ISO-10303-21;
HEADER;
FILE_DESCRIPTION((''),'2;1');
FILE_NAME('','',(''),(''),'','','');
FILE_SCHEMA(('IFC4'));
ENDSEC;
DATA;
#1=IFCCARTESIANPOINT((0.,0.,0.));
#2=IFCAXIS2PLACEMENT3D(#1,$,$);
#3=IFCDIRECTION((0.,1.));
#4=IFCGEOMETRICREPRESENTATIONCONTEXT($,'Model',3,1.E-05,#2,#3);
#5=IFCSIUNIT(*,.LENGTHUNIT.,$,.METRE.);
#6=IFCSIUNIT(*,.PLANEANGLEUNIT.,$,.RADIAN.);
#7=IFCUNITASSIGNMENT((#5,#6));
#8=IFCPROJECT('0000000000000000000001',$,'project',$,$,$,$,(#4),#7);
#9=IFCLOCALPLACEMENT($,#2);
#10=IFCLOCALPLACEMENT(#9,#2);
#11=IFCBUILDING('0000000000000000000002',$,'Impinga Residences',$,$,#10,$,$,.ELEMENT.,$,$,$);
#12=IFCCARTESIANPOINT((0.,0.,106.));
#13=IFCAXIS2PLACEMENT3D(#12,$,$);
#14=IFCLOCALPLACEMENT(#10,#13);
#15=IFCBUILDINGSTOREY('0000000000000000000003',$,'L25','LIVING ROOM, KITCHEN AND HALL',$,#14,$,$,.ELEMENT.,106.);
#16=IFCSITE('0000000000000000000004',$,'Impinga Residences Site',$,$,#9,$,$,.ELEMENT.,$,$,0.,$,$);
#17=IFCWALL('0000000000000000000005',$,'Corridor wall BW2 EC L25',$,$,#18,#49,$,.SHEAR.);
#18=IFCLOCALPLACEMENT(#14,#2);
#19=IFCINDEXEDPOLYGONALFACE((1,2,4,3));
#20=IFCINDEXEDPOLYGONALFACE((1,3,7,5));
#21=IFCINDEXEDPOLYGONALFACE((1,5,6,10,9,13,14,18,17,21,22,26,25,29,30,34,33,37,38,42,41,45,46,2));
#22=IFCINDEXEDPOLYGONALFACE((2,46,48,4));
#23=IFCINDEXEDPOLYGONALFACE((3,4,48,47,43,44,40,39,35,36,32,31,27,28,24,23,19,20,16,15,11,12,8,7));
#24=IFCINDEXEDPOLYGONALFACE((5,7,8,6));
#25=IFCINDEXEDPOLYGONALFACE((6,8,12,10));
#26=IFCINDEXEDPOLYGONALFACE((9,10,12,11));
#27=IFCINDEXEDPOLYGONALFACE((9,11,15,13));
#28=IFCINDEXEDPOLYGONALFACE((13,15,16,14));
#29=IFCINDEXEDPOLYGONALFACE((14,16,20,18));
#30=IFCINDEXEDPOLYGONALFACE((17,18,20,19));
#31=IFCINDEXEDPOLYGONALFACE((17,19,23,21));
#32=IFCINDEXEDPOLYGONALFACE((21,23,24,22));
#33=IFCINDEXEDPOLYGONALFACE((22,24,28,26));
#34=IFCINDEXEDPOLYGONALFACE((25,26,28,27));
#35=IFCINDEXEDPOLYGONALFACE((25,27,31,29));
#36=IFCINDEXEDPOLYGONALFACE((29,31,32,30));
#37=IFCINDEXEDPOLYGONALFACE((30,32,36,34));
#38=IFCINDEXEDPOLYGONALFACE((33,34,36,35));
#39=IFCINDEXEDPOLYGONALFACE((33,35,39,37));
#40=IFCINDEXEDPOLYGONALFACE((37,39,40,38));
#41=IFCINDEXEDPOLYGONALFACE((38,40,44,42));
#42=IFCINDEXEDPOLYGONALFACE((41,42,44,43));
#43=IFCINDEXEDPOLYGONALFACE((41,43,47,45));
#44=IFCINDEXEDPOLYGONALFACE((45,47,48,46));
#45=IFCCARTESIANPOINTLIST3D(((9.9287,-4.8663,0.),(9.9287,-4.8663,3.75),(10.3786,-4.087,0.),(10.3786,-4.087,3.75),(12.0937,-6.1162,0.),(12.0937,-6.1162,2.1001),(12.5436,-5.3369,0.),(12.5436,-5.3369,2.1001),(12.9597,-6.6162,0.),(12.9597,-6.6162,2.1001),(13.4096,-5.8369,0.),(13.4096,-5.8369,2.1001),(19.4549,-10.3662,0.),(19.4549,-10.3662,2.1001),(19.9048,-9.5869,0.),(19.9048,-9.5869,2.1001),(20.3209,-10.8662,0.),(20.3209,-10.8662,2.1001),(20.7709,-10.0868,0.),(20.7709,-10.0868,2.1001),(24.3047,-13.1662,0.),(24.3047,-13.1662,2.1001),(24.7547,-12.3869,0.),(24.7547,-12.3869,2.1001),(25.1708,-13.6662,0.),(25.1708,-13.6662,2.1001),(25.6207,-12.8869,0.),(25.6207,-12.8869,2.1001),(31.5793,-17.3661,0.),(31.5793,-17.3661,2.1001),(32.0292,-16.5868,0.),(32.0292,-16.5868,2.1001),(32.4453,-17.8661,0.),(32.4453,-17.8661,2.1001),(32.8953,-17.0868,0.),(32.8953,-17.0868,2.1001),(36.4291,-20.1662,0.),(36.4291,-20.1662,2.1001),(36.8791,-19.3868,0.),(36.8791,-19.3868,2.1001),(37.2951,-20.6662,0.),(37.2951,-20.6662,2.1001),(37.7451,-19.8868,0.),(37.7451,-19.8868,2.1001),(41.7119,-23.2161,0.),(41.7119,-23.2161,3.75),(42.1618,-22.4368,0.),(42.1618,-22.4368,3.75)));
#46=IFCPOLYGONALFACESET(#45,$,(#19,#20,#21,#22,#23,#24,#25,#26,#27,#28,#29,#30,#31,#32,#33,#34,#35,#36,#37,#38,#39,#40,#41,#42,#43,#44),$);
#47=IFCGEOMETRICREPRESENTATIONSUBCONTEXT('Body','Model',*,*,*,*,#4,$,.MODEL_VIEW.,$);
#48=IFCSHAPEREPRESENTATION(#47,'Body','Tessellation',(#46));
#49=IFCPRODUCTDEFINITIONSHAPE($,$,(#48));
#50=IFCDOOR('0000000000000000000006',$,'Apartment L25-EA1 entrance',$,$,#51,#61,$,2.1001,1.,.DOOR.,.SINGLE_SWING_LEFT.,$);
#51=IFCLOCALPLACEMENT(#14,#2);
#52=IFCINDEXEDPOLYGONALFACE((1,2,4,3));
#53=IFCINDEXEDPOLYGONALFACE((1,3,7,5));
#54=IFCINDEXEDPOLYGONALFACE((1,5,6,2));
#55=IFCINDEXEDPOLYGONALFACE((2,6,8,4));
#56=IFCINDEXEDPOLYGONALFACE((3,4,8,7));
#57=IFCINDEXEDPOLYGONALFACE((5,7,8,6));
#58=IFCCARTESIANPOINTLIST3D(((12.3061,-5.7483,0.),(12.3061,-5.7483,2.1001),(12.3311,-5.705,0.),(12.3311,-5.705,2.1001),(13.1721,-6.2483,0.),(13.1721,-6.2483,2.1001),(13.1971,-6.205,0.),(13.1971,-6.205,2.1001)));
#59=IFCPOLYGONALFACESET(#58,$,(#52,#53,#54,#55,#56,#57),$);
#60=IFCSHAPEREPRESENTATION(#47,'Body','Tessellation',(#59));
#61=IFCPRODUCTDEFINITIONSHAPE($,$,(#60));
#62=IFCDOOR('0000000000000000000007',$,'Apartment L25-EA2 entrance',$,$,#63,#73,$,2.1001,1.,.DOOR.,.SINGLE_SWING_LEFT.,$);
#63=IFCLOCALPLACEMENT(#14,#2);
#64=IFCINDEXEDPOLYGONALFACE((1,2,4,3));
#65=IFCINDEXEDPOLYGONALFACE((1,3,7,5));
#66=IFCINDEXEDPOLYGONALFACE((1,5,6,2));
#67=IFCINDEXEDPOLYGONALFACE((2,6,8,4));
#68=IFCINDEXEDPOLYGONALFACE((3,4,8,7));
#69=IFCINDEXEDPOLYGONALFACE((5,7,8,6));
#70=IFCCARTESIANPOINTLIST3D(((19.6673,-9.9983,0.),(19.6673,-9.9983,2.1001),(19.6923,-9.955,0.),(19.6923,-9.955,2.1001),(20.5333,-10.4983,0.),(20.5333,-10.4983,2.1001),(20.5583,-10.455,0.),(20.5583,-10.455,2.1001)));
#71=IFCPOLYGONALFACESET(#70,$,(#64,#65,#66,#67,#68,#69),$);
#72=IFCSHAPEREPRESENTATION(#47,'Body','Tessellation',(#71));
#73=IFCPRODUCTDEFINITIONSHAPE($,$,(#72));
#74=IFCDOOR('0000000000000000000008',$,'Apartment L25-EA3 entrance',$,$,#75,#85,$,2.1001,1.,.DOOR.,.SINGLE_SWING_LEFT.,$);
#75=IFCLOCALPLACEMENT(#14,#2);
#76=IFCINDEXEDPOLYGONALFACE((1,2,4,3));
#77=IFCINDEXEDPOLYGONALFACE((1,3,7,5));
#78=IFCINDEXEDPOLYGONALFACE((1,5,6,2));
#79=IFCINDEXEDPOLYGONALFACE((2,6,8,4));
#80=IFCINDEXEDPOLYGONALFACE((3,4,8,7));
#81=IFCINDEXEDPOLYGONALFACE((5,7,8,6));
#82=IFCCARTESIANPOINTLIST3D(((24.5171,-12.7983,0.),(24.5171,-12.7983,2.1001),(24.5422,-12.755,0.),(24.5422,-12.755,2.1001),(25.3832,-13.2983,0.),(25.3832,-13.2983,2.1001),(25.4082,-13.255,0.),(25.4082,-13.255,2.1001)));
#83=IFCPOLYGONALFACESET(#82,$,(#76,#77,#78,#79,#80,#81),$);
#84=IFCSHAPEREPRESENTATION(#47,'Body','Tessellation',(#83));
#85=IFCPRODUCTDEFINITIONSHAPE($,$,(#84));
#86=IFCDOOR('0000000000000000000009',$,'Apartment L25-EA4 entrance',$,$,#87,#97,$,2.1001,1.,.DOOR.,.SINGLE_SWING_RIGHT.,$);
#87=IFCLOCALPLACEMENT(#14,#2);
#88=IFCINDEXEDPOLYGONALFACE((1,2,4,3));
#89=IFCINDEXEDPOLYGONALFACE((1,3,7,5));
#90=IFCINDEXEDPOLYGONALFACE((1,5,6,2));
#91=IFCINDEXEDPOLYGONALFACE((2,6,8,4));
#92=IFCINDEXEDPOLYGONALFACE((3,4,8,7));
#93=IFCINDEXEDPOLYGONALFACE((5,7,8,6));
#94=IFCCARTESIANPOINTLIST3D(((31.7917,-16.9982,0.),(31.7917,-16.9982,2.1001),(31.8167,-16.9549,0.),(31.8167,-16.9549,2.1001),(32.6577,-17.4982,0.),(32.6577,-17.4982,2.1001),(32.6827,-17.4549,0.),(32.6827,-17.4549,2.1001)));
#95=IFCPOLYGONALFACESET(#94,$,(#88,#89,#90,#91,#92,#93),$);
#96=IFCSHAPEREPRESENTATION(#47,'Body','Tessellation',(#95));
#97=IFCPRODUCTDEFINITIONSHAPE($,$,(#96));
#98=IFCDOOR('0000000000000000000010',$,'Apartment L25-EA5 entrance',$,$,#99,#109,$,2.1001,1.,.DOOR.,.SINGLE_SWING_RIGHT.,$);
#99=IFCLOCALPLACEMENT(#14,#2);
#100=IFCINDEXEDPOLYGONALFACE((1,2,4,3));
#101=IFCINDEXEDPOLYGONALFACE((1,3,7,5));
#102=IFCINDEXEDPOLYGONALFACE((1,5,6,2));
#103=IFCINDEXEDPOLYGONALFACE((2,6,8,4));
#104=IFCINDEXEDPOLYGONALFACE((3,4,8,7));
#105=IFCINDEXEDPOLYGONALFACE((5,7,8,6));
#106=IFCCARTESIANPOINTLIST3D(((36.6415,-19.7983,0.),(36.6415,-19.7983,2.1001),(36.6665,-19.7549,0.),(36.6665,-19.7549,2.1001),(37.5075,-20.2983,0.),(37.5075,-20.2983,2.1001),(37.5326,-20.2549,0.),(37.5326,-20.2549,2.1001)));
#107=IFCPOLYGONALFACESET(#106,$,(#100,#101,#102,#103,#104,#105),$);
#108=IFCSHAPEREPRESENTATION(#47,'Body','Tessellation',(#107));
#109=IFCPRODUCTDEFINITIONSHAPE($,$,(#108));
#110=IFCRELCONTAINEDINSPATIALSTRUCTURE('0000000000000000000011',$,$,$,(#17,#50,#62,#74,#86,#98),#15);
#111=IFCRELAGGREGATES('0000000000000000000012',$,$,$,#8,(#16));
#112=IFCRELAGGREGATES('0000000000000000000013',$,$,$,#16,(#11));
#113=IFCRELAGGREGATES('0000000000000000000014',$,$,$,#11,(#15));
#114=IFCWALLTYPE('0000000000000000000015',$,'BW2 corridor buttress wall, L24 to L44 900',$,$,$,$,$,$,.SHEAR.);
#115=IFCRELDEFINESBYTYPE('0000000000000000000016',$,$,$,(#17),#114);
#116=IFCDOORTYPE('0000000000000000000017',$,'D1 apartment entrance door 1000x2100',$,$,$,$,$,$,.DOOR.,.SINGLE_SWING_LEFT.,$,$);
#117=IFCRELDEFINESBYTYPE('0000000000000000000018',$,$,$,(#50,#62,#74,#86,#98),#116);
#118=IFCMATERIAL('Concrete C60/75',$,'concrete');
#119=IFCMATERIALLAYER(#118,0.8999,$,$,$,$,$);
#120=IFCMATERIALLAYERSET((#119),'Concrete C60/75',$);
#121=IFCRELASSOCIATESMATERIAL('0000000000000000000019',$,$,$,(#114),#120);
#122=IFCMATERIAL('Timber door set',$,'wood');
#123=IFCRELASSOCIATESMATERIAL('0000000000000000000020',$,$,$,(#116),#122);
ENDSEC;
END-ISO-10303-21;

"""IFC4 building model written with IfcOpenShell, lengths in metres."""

from ifc_helpers import new_model, si_unit, direction, frame, frame_2d, origin, place, context, subcontext, project, spatial, rectangle, extrude, material, layer, layer_set, type_object, element, fill, save


model = new_model("IFC4")

# Units and contexts
model_context = context("Model", 3, precision=1e-05, world=origin(), true_north=direction((0.0, 1.0)))
body_context = subcontext(model_context, "Body", "Model", "MODEL_VIEW")
ifc_project = project(units=[si_unit("LENGTHUNIT", "METRE"), si_unit("PLANEANGLEUNIT", "RADIAN")], contexts=[model_context])

# Site, building, storey
site_placement = place(None, origin())
site = spatial("IfcSite", under=ifc_project, at=site_placement, Name="Impinga Residences Site", CompositionType="ELEMENT", RefElevation=0.0)
building_placement = place(site_placement, origin())
building = spatial("IfcBuilding", under=site, at=building_placement, Name="Impinga Residences", CompositionType="ELEMENT")
storey_placement = place(building_placement, frame((0.0, 0.0, 106.0)))
storey = spatial("IfcBuildingStorey", under=building, at=storey_placement, Name="L25", Description="LIVING ROOM, KITCHEN AND HALL", CompositionType="ELEMENT", Elevation=106.0)

# Wall, openings, doors
ifc_material_1 = material(Name="Concrete C60/75", Category="concrete")
ifc_layer_1 = layer(ifc_material_1, 0.8999)
ifc_layer_set_1 = layer_set([ifc_layer_1], Name="Concrete C60/75")
wall_type_1 = type_object("IfcWallType", Name="BW2 corridor buttress wall, L24 to L44 900", PredefinedType="SHEAR", material=ifc_layer_set_1)
wall_1_placement = place(storey_placement, frame((10.1536, -4.4766, 0.0), z_axis=(0.0, 0.0, 1.0), x_axis=(0.866028, -0.499996, 0.0)))
wall_1 = element("IfcWall", 1, at=wall_1_placement, inside=storey, type_object=wall_type_1, Name="Corridor wall BW2 EC L25", PredefinedType="SHEAR", context=body_context, shape_type="SweptSolid", body=[
    extrude(rectangle(XDim=36.7, YDim=0.8999, at=frame_2d((18.3501, 0.0))), origin(), (0.0, 0.0, 1.0), 3.75),
])
opening_1_placement = place(wall_1_placement, frame((2.5, 0.0, 0.0)))
opening_1 = element("IfcOpeningElement", 2, at=opening_1_placement, cuts=wall_1, PredefinedType="OPENING", context=body_context, shape_type="SweptSolid", body=[
    extrude(rectangle(XDim=1.0, YDim=2.1001, at=frame_2d((0.5, 1.05))), frame((0.0, 0.46, 0.0), z_axis=(0.0, -1.0, 0.0), x_axis=(1.0, 0.0, 0.0)), (0.0, 0.0, 1.0), 0.9199),
])
opening_2_placement = place(wall_1_placement, frame((11.0, 0.0, 0.0)))
opening_2 = element("IfcOpeningElement", 3, at=opening_2_placement, cuts=wall_1, PredefinedType="OPENING", context=body_context, shape_type="SweptSolid", body=[
    extrude(rectangle(XDim=1.0, YDim=2.1001, at=frame_2d((0.5, 1.05))), frame((0.0, 0.46, 0.0), z_axis=(0.0, -1.0, 0.0), x_axis=(1.0, 0.0, 0.0)), (0.0, 0.0, 1.0), 0.9199),
])
opening_3_placement = place(wall_1_placement, frame((16.6001, 0.0, 0.0)))
opening_3 = element("IfcOpeningElement", 4, at=opening_3_placement, cuts=wall_1, PredefinedType="OPENING", context=body_context, shape_type="SweptSolid", body=[
    extrude(rectangle(XDim=1.0, YDim=2.1001, at=frame_2d((0.5, 1.05))), frame((0.0, 0.46, 0.0), z_axis=(0.0, -1.0, 0.0), x_axis=(1.0, 0.0, 0.0)), (0.0, 0.0, 1.0), 0.9199),
])
opening_4_placement = place(wall_1_placement, frame((25.0, 0.0, 0.0)))
opening_4 = element("IfcOpeningElement", 5, at=opening_4_placement, cuts=wall_1, PredefinedType="OPENING", context=body_context, shape_type="SweptSolid", body=[
    extrude(rectangle(XDim=1.0, YDim=2.1001, at=frame_2d((0.5, 1.05))), frame((0.0, 0.46, 0.0), z_axis=(0.0, -1.0, 0.0), x_axis=(1.0, 0.0, 0.0)), (0.0, 0.0, 1.0), 0.9199),
])
opening_5_placement = place(wall_1_placement, frame((30.6001, 0.0, 0.0)))
opening_5 = element("IfcOpeningElement", 6, at=opening_5_placement, cuts=wall_1, PredefinedType="OPENING", context=body_context, shape_type="SweptSolid", body=[
    extrude(rectangle(XDim=1.0, YDim=2.1001, at=frame_2d((0.5, 1.05))), frame((0.0, 0.46, 0.0), z_axis=(0.0, -1.0, 0.0), x_axis=(1.0, 0.0, 0.0)), (0.0, 0.0, 1.0), 0.9199),
])
ifc_material_2 = material(Name="Timber door set", Category="wood")
door_type_1 = type_object("IfcDoorType", Name="D1 apartment entrance door 1000x2100", OperationType="SINGLE_SWING_LEFT", PredefinedType="DOOR", material=ifc_material_2)
door_1_placement = place(opening_1_placement, origin())
door_1 = element("IfcDoor", 7, at=door_1_placement, inside=storey, type_object=door_type_1, Name="Apartment L25-EA1 entrance", OperationType="SINGLE_SWING_LEFT", OverallHeight=2.1001, OverallWidth=1.0, PredefinedType="DOOR", context=body_context, shape_type="SweptSolid", body=[
    extrude(rectangle(XDim=1.0, YDim=2.1001, at=frame_2d((0.5, 1.05))), frame((0.0, 0.0249, 0.0), z_axis=(0.0, -1.0, 0.0), x_axis=(1.0, 0.0, 0.0)), (0.0, 0.0, 1.0), 0.05),
])
fill(opening_1, door_1)
door_2_placement = place(opening_2_placement, origin())
door_2 = element("IfcDoor", 8, at=door_2_placement, inside=storey, type_object=door_type_1, Name="Apartment L25-EA2 entrance", OperationType="SINGLE_SWING_LEFT", OverallHeight=2.1001, OverallWidth=1.0, PredefinedType="DOOR", context=body_context, shape_type="SweptSolid", body=[
    extrude(rectangle(XDim=1.0, YDim=2.1001, at=frame_2d((0.5, 1.05))), frame((0.0, 0.0249, 0.0), z_axis=(0.0, -1.0, 0.0), x_axis=(1.0, 0.0, 0.0)), (0.0, 0.0, 1.0), 0.05),
])
fill(opening_2, door_2)
door_3_placement = place(opening_3_placement, origin())
door_3 = element("IfcDoor", 9, at=door_3_placement, inside=storey, type_object=door_type_1, Name="Apartment L25-EA3 entrance", OperationType="SINGLE_SWING_LEFT", OverallHeight=2.1001, OverallWidth=1.0, PredefinedType="DOOR", context=body_context, shape_type="SweptSolid", body=[
    extrude(rectangle(XDim=1.0, YDim=2.1001, at=frame_2d((0.5, 1.05))), frame((0.0, 0.0249, 0.0), z_axis=(0.0, -1.0, 0.0), x_axis=(1.0, 0.0, 0.0)), (0.0, 0.0, 1.0), 0.05),
])
fill(opening_3, door_3)
door_4_placement = place(opening_4_placement, origin())
door_4 = element("IfcDoor", 10, at=door_4_placement, inside=storey, type_object=door_type_1, Name="Apartment L25-EA4 entrance", OperationType="SINGLE_SWING_RIGHT", OverallHeight=2.1001, OverallWidth=1.0, PredefinedType="DOOR", context=body_context, shape_type="SweptSolid", body=[
    extrude(rectangle(XDim=1.0, YDim=2.1001, at=frame_2d((0.5, 1.05))), frame((0.0, 0.0249, 0.0), z_axis=(0.0, -1.0, 0.0), x_axis=(1.0, 0.0, 0.0)), (0.0, 0.0, 1.0), 0.05),
])
fill(opening_4, door_4)
door_5_placement = place(opening_5_placement, origin())
door_5 = element("IfcDoor", 11, at=door_5_placement, inside=storey, type_object=door_type_1, Name="Apartment L25-EA5 entrance", OperationType="SINGLE_SWING_RIGHT", OverallHeight=2.1001, OverallWidth=1.0, PredefinedType="DOOR", context=body_context, shape_type="SweptSolid", body=[
    extrude(rectangle(XDim=1.0, YDim=2.1001, at=frame_2d((0.5, 1.05))), frame((0.0, 0.0249, 0.0), z_axis=(0.0, -1.0, 0.0), x_axis=(1.0, 0.0, 0.0)), (0.0, 0.0, 1.0), 0.05),
])
fill(opening_5, door_5)

save(model, "model.ifc")
